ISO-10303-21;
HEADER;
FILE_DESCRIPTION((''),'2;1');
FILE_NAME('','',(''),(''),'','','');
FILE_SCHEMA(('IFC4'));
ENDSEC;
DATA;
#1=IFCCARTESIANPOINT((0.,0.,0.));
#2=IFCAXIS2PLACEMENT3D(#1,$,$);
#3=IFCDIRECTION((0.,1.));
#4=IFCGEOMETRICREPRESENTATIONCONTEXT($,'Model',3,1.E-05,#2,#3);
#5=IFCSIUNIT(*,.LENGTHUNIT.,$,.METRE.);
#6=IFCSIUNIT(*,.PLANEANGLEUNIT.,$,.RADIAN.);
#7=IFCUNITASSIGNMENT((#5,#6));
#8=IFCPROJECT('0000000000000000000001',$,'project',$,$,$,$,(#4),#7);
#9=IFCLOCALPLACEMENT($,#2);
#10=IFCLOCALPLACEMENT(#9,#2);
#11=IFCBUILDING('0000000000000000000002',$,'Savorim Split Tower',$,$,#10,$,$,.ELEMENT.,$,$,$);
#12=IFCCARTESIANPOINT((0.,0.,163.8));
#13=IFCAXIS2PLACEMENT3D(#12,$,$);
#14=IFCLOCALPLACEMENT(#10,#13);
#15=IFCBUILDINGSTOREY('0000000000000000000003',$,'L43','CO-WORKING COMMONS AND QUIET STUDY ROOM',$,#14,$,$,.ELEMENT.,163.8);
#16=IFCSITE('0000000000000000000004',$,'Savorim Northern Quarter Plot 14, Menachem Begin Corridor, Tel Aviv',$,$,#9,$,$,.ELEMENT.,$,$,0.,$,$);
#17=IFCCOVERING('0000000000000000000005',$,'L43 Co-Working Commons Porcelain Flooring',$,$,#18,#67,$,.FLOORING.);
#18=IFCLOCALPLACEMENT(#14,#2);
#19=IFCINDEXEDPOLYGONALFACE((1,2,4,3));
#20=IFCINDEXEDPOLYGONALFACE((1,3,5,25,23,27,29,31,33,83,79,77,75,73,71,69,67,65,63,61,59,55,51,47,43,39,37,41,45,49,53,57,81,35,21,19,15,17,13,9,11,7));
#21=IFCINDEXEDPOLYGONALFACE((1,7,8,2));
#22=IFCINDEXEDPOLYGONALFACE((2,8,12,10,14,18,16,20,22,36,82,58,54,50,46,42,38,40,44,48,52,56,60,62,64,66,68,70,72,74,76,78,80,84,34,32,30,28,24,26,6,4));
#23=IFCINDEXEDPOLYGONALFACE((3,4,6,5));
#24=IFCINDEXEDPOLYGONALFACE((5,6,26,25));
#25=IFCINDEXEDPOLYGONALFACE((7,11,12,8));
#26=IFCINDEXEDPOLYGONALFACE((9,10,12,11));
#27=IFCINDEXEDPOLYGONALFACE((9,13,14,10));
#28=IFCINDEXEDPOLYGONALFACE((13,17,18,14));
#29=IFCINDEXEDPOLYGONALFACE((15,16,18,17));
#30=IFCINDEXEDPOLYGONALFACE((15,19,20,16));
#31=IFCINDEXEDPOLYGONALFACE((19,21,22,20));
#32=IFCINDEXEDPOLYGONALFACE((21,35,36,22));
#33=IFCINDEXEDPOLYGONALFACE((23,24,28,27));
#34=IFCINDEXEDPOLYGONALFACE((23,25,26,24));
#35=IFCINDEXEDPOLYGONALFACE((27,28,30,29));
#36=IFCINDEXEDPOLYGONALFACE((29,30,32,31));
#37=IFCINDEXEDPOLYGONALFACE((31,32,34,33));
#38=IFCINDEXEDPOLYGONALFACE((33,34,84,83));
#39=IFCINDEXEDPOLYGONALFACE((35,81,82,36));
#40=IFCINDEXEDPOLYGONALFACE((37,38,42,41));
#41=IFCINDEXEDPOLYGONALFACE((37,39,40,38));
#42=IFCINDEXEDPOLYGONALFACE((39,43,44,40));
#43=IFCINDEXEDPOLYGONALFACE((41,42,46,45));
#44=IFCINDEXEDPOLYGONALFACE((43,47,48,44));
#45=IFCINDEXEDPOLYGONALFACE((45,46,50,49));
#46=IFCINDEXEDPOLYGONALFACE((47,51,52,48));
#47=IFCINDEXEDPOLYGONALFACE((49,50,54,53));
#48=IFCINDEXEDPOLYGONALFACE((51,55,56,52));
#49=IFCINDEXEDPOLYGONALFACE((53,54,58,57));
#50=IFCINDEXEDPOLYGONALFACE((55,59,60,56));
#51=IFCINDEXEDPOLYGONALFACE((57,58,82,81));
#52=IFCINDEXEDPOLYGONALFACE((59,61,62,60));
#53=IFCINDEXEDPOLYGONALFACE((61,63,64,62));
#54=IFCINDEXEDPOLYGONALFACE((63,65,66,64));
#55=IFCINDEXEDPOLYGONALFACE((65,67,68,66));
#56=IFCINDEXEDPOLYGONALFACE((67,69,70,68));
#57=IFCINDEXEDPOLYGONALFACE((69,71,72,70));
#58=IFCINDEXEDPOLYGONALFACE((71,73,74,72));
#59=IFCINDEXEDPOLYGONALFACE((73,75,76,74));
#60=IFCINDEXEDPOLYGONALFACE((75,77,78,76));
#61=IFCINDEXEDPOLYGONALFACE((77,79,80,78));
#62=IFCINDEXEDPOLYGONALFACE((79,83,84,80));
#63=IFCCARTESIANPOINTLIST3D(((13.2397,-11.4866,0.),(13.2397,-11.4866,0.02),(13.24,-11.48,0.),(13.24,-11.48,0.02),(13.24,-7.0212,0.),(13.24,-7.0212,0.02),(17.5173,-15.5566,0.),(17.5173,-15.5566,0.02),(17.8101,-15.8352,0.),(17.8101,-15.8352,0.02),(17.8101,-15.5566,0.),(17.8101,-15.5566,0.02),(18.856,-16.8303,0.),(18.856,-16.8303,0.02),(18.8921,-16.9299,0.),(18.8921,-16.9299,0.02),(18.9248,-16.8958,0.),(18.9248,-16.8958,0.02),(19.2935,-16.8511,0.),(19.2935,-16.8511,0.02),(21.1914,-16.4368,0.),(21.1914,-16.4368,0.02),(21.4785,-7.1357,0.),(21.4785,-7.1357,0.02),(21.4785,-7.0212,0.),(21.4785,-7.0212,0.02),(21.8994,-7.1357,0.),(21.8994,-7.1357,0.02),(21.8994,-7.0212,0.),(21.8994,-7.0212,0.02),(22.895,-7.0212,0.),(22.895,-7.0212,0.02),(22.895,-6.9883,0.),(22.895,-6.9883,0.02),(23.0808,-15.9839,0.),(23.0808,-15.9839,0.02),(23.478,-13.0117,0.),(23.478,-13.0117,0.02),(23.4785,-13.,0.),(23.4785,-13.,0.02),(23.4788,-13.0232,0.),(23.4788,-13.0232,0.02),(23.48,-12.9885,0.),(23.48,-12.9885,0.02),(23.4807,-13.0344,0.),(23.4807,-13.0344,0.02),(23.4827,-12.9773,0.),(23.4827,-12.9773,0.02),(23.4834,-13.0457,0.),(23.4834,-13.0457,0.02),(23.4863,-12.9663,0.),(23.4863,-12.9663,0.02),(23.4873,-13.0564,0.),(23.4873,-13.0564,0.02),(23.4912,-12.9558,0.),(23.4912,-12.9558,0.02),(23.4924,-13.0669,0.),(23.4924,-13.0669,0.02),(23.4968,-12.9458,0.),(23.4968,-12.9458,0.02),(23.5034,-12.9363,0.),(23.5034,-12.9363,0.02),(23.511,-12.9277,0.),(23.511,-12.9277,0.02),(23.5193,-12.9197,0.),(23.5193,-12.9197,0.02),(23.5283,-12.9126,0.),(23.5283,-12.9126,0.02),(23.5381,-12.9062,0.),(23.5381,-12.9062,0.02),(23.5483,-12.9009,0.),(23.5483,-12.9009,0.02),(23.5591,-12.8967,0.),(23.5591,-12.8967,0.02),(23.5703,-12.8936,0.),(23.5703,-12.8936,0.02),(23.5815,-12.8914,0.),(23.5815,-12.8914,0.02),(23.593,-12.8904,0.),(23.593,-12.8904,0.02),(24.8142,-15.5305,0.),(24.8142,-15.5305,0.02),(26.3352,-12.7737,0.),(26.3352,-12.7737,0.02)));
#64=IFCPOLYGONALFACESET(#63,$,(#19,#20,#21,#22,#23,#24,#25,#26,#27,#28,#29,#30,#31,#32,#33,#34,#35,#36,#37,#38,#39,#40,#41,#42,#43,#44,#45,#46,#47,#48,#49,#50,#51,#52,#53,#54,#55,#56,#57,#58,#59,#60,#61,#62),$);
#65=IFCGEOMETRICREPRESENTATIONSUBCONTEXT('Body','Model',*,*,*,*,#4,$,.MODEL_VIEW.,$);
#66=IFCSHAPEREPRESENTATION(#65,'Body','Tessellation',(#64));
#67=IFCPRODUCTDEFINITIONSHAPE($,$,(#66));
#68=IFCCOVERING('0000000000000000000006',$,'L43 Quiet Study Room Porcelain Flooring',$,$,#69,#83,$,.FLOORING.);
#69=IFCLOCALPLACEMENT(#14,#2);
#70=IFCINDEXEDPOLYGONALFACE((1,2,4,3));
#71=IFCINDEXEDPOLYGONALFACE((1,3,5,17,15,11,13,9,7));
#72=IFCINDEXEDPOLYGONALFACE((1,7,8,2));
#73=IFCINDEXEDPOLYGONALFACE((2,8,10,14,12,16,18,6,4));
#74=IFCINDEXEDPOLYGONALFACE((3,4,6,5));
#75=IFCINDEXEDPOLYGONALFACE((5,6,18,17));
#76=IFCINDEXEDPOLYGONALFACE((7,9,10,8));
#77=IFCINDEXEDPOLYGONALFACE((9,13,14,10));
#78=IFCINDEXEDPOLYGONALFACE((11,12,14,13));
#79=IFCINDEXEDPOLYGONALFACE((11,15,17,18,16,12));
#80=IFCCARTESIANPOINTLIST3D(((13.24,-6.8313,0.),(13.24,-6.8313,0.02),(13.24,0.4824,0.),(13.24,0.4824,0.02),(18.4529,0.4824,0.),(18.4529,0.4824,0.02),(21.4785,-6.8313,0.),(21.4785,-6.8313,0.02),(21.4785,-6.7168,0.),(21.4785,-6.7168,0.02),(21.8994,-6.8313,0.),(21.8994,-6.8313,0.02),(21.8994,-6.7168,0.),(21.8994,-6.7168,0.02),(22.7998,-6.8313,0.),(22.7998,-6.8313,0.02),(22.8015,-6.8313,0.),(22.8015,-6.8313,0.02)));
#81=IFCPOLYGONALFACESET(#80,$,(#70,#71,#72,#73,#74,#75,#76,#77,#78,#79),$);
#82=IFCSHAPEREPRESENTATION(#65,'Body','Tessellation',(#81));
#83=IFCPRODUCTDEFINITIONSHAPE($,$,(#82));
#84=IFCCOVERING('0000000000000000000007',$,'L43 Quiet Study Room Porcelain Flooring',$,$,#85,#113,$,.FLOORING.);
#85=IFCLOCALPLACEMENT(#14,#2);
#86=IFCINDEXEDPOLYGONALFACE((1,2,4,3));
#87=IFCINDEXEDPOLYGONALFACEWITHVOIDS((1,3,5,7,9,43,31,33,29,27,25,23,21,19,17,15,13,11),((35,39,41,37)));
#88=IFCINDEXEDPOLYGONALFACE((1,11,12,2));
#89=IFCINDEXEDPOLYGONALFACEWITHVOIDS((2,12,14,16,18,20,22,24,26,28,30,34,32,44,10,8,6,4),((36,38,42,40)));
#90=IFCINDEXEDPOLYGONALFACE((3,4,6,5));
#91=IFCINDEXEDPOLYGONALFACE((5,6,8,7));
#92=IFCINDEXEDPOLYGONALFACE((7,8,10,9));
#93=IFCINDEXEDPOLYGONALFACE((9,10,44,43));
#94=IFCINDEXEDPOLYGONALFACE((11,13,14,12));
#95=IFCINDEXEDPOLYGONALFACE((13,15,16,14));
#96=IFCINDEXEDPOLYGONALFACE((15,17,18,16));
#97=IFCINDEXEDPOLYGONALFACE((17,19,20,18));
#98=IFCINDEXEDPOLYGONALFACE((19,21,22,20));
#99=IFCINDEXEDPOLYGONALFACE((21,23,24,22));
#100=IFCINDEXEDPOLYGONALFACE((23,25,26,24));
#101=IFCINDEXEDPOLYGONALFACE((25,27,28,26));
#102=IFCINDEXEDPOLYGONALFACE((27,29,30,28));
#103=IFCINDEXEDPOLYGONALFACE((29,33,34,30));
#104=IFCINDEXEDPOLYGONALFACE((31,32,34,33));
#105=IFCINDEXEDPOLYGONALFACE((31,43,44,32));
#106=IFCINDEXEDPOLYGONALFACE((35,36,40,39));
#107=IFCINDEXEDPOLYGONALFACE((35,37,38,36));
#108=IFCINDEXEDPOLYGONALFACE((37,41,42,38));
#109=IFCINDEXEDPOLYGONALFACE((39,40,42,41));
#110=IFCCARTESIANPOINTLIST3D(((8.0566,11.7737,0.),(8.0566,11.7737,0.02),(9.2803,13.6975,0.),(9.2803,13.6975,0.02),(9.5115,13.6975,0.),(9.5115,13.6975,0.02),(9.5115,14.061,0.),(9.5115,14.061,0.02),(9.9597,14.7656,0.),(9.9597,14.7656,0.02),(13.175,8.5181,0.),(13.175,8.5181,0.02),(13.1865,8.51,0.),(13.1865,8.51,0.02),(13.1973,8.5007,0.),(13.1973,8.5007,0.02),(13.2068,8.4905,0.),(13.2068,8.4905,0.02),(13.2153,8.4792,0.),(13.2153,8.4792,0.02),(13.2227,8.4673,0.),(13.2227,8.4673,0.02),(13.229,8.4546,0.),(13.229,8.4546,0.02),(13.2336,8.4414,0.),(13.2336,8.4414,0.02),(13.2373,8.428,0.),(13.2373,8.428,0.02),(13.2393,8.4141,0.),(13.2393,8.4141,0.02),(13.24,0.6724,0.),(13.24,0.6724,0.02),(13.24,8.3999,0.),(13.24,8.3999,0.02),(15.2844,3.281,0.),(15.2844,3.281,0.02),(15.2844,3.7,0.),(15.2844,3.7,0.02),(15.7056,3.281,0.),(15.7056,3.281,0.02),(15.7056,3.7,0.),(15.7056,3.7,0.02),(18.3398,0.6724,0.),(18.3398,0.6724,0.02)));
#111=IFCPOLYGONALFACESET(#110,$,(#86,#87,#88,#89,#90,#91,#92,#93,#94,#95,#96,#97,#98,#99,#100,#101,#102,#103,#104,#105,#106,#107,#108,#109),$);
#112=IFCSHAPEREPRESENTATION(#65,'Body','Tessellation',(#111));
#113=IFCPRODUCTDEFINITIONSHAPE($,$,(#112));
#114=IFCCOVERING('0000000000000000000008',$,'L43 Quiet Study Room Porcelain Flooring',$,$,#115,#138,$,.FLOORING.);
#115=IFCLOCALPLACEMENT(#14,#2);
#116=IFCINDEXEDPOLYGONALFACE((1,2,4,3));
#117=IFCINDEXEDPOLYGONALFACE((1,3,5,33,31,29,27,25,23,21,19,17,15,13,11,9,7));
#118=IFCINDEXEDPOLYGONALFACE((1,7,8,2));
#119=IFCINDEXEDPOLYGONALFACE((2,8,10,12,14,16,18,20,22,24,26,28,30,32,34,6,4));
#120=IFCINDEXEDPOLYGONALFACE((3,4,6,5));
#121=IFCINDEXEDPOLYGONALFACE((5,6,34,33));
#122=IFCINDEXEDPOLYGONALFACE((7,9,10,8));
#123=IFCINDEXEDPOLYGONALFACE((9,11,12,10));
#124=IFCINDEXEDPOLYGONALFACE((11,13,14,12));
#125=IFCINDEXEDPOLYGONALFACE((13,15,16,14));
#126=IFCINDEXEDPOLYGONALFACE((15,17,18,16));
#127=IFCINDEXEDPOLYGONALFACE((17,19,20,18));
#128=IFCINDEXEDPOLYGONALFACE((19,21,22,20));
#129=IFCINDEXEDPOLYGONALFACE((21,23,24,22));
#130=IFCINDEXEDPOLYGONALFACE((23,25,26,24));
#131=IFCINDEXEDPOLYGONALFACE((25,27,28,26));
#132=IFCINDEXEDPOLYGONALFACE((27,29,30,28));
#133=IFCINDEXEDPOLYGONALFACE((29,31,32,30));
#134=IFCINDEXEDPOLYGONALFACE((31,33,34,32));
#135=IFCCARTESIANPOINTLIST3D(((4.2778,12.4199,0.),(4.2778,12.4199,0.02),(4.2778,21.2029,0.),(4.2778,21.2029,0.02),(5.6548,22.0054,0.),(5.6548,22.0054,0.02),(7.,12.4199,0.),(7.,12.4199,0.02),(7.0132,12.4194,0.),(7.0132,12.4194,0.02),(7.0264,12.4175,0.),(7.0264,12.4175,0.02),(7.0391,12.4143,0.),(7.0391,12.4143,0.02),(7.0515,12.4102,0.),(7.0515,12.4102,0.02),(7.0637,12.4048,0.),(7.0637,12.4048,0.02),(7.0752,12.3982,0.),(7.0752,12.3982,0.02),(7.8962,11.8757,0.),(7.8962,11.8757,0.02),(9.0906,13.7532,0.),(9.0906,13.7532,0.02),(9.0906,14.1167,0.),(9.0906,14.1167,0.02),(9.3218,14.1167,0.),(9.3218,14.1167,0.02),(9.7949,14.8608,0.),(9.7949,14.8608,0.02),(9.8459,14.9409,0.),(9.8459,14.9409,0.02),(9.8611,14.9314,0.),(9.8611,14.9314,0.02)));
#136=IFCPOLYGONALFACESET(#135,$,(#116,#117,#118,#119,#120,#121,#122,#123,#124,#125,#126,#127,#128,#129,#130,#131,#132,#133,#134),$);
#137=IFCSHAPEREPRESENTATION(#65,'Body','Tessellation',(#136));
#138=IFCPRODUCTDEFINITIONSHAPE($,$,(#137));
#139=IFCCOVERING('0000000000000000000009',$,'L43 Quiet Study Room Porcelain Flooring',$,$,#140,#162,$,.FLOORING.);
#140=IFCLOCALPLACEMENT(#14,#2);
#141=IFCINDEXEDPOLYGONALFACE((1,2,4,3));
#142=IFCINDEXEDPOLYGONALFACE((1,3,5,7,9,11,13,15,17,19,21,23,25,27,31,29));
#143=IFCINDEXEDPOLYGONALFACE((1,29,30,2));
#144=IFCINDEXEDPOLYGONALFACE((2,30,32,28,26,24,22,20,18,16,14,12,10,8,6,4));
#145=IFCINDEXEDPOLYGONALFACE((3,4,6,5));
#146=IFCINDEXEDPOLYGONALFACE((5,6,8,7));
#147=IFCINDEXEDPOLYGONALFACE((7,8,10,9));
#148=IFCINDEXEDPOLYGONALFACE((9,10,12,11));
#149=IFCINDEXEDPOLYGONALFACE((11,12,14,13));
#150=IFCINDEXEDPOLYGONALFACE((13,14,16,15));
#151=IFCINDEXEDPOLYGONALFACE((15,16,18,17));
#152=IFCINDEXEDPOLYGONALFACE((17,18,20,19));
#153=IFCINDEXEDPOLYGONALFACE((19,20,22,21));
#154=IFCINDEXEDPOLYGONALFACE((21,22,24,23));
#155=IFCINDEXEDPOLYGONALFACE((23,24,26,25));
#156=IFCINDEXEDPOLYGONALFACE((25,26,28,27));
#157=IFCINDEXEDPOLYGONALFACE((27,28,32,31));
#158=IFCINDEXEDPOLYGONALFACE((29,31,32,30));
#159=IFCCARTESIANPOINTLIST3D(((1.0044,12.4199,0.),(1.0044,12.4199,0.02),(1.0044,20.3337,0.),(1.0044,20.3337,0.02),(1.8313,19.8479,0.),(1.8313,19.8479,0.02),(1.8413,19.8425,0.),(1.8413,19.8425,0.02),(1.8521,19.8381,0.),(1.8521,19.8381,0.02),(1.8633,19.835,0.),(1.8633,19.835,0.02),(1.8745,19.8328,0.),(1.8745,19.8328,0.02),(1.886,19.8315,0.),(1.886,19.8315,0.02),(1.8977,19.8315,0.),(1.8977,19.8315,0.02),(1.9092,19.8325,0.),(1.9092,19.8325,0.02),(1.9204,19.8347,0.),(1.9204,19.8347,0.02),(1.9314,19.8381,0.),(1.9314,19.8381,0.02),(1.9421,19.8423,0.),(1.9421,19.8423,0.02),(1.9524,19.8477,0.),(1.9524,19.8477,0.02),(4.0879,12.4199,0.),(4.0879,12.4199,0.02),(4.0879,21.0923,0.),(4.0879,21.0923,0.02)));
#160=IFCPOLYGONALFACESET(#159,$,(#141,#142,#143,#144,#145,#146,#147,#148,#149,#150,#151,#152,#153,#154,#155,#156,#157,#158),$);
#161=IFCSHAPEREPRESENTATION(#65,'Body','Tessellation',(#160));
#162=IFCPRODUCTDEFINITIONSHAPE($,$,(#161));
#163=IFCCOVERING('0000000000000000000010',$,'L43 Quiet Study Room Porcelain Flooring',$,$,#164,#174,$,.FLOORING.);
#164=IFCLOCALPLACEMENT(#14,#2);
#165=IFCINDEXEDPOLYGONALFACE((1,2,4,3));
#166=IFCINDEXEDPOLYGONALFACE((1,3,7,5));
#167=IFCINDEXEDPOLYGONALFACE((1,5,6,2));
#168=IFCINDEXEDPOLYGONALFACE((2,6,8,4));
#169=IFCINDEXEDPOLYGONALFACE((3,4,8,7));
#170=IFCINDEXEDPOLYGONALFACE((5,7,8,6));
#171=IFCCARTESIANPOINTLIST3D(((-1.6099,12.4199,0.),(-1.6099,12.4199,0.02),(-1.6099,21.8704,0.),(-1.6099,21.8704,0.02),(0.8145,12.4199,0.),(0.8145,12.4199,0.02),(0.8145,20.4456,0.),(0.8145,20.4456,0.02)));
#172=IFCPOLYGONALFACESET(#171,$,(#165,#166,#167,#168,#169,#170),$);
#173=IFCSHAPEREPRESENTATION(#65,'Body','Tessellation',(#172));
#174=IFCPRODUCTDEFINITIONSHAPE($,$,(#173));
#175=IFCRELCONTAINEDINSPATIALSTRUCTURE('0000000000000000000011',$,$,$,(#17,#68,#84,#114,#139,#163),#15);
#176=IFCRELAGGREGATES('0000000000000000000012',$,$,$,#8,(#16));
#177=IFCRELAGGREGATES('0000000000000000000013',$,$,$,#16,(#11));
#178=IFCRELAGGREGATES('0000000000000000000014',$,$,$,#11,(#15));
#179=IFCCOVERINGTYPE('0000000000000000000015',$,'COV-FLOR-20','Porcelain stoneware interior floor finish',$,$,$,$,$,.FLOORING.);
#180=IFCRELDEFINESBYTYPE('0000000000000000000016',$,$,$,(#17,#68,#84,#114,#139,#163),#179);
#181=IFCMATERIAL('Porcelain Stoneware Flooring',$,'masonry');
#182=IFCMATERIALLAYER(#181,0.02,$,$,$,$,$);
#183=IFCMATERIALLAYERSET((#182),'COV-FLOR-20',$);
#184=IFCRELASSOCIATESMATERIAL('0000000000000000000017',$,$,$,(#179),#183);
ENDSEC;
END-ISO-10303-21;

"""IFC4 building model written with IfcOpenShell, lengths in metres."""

from ifc_helpers import new_model, si_unit, direction, frame, origin, place, context, subcontext, project, spatial, polyline, outline, extrude, material, layer, layer_set, type_object, element, save


model = new_model("IFC4")

# Units and contexts
model_context = context("Model", 3, precision=1e-05, world=origin(), true_north=direction((0.0, 1.0)))
body_context = subcontext(model_context, "Body", "Model", "MODEL_VIEW")
ifc_project = project(units=[si_unit("LENGTHUNIT", "METRE"), si_unit("PLANEANGLEUNIT", "RADIAN")], contexts=[model_context])

# Site, building, storey
site_placement = place(None, origin())
site = spatial("IfcSite", under=ifc_project, at=site_placement, Name="Savorim Northern Quarter Plot 14, Menachem Begin Corridor, Tel Aviv", CompositionType="ELEMENT", RefElevation=0.0)
building_placement = place(site_placement, origin())
building = spatial("IfcBuilding", under=site, at=building_placement, Name="Savorim Split Tower", CompositionType="ELEMENT")
storey_placement = place(building_placement, frame((0.0, 0.0, 163.8)))
storey = spatial("IfcBuildingStorey", under=building, at=storey_placement, Name="L43", Description="CO-WORKING COMMONS AND QUIET STUDY ROOM", CompositionType="ELEMENT", Elevation=163.8)

# Coverings
ifc_material_1 = material(Name="Porcelain Stoneware Flooring", Category="masonry")
ifc_layer_1 = layer(ifc_material_1, 0.02)
ifc_layer_set_1 = layer_set([ifc_layer_1], Name="COV-FLOR-20")
covering_type_1 = type_object("IfcCoveringType", Name="COV-FLOR-20", Description="Porcelain stoneware interior floor finish", PredefinedType="FLOORING", material=ifc_layer_set_1)
covering_1_placement = place(storey_placement, origin())
element("IfcCovering", 1, at=covering_1_placement, inside=storey, type_object=covering_type_1, Name="L43 Co-Working Commons Porcelain Flooring", PredefinedType="FLOORING", context=body_context, shape_type="SweptSolid", body=[
    extrude(outline(polyline([(23.5703, -12.8936), (23.5815, -12.8914), (23.593, -12.8904), (26.3352, -12.7737), (22.895, -6.9883), (22.895, -7.0212), (21.8994, -7.0212), (21.8994, -7.1357), (21.4785, -7.1357), (21.4785, -7.0212), (13.24, -7.0212), (13.24, -11.48), (13.2397, -11.4866), (17.5173, -15.5566), (17.8101, -15.5566), (17.8101, -15.8352), (18.856, -16.8303), (18.9248, -16.8958), (18.8921, -16.9299), (19.2935, -16.8511), (21.1914, -16.4368), (23.0808, -15.9839), (24.8142, -15.5305), (23.4924, -13.0669), (23.4873, -13.0564), (23.4834, -13.0457), (23.4807, -13.0344), (23.4788, -13.0232), (23.478, -13.0117), (23.4785, -13.0), (23.48, -12.9885), (23.4827, -12.9773), (23.4863, -12.9663), (23.4912, -12.9558), (23.4968, -12.9458), (23.5034, -12.9363), (23.511, -12.9277), (23.5193, -12.9197), (23.5283, -12.9126), (23.5381, -12.9062), (23.5483, -12.9009), (23.5591, -12.8967), (23.5703, -12.8936)])), origin(), (0.0, 0.0, 1.0), 0.02),
])
covering_2_placement = place(storey_placement, origin())
element("IfcCovering", 2, at=covering_2_placement, inside=storey, type_object=covering_type_1, Name="L43 Quiet Study Room Porcelain Flooring", PredefinedType="FLOORING", context=body_context, shape_type="SweptSolid", body=[
    extrude(outline(polyline([(21.8994, -6.7168), (21.8994, -6.8313), (22.7998, -6.8313), (22.8015, -6.8313), (18.4529, 0.4824), (13.24, 0.4824), (13.24, -6.8313), (21.4785, -6.8313), (21.4785, -6.7168), (21.8994, -6.7168)])), origin(), (0.0, 0.0, 1.0), 0.02),
])
covering_3_placement = place(storey_placement, origin())
element("IfcCovering", 3, at=covering_3_placement, inside=storey, type_object=covering_type_1, Name="L43 Quiet Study Room Porcelain Flooring", PredefinedType="FLOORING", context=body_context, shape_type="SweptSolid", body=[
    extrude(outline(polyline([(13.2373, 8.428), (13.2393, 8.4141), (13.24, 8.3999), (13.24, 0.6724), (18.3398, 0.6724), (9.9597, 14.7656), (9.5115, 14.061), (9.5115, 13.6975), (9.2803, 13.6975), (8.0566, 11.7737), (13.175, 8.5181), (13.1865, 8.51), (13.1973, 8.5007), (13.2068, 8.4905), (13.2153, 8.4792), (13.2227, 8.4673), (13.229, 8.4546), (13.2336, 8.4414), (13.2373, 8.428)]), holes=[polyline([(15.7056, 3.281), (15.7056, 3.7), (15.2844, 3.7), (15.2844, 3.281), (15.7056, 3.281)])]), origin(), (0.0, 0.0, 1.0), 0.02),
])
covering_4_placement = place(storey_placement, origin())
element("IfcCovering", 4, at=covering_4_placement, inside=storey, type_object=covering_type_1, Name="L43 Quiet Study Room Porcelain Flooring", PredefinedType="FLOORING", context=body_context, shape_type="SweptSolid", body=[
    extrude(outline(polyline([(9.8459, 14.9409), (9.8611, 14.9314), (5.6548, 22.0054), (4.2778, 21.2029), (4.2778, 12.4199), (7.0, 12.4199), (7.0132, 12.4194), (7.0264, 12.4175), (7.0391, 12.4143), (7.0515, 12.4102), (7.0637, 12.4048), (7.0752, 12.3982), (7.8962, 11.8757), (9.0906, 13.7532), (9.0906, 14.1167), (9.3218, 14.1167), (9.7949, 14.8608), (9.8459, 14.9409)])), origin(), (0.0, 0.0, 1.0), 0.02),
])
covering_5_placement = place(storey_placement, origin())
element("IfcCovering", 5, at=covering_5_placement, inside=storey, type_object=covering_type_1, Name="L43 Quiet Study Room Porcelain Flooring", PredefinedType="FLOORING", context=body_context, shape_type="SweptSolid", body=[
    extrude(outline(polyline([(1.8521, 19.8381), (1.8413, 19.8425), (1.8313, 19.8479), (1.0044, 20.3337), (1.0044, 12.4199), (4.0879, 12.4199), (4.0879, 21.0923), (1.9524, 19.8477), (1.9421, 19.8423), (1.9314, 19.8381), (1.9204, 19.8347), (1.9092, 19.8325), (1.8977, 19.8315), (1.886, 19.8315), (1.8745, 19.8328), (1.8633, 19.835), (1.8521, 19.8381)])), origin(), (0.0, 0.0, 1.0), 0.02),
])
covering_6_placement = place(storey_placement, origin())
element("IfcCovering", 6, at=covering_6_placement, inside=storey, type_object=covering_type_1, Name="L43 Quiet Study Room Porcelain Flooring", PredefinedType="FLOORING", context=body_context, shape_type="SweptSolid", body=[
    extrude(outline(polyline([(-1.6099, 12.4199), (0.8145, 12.4199), (0.8145, 20.4456), (-1.6099, 21.8704), (-1.6099, 12.4199)])), origin(), (0.0, 0.0, 1.0), 0.02),
])

save(model, "model.ifc")
